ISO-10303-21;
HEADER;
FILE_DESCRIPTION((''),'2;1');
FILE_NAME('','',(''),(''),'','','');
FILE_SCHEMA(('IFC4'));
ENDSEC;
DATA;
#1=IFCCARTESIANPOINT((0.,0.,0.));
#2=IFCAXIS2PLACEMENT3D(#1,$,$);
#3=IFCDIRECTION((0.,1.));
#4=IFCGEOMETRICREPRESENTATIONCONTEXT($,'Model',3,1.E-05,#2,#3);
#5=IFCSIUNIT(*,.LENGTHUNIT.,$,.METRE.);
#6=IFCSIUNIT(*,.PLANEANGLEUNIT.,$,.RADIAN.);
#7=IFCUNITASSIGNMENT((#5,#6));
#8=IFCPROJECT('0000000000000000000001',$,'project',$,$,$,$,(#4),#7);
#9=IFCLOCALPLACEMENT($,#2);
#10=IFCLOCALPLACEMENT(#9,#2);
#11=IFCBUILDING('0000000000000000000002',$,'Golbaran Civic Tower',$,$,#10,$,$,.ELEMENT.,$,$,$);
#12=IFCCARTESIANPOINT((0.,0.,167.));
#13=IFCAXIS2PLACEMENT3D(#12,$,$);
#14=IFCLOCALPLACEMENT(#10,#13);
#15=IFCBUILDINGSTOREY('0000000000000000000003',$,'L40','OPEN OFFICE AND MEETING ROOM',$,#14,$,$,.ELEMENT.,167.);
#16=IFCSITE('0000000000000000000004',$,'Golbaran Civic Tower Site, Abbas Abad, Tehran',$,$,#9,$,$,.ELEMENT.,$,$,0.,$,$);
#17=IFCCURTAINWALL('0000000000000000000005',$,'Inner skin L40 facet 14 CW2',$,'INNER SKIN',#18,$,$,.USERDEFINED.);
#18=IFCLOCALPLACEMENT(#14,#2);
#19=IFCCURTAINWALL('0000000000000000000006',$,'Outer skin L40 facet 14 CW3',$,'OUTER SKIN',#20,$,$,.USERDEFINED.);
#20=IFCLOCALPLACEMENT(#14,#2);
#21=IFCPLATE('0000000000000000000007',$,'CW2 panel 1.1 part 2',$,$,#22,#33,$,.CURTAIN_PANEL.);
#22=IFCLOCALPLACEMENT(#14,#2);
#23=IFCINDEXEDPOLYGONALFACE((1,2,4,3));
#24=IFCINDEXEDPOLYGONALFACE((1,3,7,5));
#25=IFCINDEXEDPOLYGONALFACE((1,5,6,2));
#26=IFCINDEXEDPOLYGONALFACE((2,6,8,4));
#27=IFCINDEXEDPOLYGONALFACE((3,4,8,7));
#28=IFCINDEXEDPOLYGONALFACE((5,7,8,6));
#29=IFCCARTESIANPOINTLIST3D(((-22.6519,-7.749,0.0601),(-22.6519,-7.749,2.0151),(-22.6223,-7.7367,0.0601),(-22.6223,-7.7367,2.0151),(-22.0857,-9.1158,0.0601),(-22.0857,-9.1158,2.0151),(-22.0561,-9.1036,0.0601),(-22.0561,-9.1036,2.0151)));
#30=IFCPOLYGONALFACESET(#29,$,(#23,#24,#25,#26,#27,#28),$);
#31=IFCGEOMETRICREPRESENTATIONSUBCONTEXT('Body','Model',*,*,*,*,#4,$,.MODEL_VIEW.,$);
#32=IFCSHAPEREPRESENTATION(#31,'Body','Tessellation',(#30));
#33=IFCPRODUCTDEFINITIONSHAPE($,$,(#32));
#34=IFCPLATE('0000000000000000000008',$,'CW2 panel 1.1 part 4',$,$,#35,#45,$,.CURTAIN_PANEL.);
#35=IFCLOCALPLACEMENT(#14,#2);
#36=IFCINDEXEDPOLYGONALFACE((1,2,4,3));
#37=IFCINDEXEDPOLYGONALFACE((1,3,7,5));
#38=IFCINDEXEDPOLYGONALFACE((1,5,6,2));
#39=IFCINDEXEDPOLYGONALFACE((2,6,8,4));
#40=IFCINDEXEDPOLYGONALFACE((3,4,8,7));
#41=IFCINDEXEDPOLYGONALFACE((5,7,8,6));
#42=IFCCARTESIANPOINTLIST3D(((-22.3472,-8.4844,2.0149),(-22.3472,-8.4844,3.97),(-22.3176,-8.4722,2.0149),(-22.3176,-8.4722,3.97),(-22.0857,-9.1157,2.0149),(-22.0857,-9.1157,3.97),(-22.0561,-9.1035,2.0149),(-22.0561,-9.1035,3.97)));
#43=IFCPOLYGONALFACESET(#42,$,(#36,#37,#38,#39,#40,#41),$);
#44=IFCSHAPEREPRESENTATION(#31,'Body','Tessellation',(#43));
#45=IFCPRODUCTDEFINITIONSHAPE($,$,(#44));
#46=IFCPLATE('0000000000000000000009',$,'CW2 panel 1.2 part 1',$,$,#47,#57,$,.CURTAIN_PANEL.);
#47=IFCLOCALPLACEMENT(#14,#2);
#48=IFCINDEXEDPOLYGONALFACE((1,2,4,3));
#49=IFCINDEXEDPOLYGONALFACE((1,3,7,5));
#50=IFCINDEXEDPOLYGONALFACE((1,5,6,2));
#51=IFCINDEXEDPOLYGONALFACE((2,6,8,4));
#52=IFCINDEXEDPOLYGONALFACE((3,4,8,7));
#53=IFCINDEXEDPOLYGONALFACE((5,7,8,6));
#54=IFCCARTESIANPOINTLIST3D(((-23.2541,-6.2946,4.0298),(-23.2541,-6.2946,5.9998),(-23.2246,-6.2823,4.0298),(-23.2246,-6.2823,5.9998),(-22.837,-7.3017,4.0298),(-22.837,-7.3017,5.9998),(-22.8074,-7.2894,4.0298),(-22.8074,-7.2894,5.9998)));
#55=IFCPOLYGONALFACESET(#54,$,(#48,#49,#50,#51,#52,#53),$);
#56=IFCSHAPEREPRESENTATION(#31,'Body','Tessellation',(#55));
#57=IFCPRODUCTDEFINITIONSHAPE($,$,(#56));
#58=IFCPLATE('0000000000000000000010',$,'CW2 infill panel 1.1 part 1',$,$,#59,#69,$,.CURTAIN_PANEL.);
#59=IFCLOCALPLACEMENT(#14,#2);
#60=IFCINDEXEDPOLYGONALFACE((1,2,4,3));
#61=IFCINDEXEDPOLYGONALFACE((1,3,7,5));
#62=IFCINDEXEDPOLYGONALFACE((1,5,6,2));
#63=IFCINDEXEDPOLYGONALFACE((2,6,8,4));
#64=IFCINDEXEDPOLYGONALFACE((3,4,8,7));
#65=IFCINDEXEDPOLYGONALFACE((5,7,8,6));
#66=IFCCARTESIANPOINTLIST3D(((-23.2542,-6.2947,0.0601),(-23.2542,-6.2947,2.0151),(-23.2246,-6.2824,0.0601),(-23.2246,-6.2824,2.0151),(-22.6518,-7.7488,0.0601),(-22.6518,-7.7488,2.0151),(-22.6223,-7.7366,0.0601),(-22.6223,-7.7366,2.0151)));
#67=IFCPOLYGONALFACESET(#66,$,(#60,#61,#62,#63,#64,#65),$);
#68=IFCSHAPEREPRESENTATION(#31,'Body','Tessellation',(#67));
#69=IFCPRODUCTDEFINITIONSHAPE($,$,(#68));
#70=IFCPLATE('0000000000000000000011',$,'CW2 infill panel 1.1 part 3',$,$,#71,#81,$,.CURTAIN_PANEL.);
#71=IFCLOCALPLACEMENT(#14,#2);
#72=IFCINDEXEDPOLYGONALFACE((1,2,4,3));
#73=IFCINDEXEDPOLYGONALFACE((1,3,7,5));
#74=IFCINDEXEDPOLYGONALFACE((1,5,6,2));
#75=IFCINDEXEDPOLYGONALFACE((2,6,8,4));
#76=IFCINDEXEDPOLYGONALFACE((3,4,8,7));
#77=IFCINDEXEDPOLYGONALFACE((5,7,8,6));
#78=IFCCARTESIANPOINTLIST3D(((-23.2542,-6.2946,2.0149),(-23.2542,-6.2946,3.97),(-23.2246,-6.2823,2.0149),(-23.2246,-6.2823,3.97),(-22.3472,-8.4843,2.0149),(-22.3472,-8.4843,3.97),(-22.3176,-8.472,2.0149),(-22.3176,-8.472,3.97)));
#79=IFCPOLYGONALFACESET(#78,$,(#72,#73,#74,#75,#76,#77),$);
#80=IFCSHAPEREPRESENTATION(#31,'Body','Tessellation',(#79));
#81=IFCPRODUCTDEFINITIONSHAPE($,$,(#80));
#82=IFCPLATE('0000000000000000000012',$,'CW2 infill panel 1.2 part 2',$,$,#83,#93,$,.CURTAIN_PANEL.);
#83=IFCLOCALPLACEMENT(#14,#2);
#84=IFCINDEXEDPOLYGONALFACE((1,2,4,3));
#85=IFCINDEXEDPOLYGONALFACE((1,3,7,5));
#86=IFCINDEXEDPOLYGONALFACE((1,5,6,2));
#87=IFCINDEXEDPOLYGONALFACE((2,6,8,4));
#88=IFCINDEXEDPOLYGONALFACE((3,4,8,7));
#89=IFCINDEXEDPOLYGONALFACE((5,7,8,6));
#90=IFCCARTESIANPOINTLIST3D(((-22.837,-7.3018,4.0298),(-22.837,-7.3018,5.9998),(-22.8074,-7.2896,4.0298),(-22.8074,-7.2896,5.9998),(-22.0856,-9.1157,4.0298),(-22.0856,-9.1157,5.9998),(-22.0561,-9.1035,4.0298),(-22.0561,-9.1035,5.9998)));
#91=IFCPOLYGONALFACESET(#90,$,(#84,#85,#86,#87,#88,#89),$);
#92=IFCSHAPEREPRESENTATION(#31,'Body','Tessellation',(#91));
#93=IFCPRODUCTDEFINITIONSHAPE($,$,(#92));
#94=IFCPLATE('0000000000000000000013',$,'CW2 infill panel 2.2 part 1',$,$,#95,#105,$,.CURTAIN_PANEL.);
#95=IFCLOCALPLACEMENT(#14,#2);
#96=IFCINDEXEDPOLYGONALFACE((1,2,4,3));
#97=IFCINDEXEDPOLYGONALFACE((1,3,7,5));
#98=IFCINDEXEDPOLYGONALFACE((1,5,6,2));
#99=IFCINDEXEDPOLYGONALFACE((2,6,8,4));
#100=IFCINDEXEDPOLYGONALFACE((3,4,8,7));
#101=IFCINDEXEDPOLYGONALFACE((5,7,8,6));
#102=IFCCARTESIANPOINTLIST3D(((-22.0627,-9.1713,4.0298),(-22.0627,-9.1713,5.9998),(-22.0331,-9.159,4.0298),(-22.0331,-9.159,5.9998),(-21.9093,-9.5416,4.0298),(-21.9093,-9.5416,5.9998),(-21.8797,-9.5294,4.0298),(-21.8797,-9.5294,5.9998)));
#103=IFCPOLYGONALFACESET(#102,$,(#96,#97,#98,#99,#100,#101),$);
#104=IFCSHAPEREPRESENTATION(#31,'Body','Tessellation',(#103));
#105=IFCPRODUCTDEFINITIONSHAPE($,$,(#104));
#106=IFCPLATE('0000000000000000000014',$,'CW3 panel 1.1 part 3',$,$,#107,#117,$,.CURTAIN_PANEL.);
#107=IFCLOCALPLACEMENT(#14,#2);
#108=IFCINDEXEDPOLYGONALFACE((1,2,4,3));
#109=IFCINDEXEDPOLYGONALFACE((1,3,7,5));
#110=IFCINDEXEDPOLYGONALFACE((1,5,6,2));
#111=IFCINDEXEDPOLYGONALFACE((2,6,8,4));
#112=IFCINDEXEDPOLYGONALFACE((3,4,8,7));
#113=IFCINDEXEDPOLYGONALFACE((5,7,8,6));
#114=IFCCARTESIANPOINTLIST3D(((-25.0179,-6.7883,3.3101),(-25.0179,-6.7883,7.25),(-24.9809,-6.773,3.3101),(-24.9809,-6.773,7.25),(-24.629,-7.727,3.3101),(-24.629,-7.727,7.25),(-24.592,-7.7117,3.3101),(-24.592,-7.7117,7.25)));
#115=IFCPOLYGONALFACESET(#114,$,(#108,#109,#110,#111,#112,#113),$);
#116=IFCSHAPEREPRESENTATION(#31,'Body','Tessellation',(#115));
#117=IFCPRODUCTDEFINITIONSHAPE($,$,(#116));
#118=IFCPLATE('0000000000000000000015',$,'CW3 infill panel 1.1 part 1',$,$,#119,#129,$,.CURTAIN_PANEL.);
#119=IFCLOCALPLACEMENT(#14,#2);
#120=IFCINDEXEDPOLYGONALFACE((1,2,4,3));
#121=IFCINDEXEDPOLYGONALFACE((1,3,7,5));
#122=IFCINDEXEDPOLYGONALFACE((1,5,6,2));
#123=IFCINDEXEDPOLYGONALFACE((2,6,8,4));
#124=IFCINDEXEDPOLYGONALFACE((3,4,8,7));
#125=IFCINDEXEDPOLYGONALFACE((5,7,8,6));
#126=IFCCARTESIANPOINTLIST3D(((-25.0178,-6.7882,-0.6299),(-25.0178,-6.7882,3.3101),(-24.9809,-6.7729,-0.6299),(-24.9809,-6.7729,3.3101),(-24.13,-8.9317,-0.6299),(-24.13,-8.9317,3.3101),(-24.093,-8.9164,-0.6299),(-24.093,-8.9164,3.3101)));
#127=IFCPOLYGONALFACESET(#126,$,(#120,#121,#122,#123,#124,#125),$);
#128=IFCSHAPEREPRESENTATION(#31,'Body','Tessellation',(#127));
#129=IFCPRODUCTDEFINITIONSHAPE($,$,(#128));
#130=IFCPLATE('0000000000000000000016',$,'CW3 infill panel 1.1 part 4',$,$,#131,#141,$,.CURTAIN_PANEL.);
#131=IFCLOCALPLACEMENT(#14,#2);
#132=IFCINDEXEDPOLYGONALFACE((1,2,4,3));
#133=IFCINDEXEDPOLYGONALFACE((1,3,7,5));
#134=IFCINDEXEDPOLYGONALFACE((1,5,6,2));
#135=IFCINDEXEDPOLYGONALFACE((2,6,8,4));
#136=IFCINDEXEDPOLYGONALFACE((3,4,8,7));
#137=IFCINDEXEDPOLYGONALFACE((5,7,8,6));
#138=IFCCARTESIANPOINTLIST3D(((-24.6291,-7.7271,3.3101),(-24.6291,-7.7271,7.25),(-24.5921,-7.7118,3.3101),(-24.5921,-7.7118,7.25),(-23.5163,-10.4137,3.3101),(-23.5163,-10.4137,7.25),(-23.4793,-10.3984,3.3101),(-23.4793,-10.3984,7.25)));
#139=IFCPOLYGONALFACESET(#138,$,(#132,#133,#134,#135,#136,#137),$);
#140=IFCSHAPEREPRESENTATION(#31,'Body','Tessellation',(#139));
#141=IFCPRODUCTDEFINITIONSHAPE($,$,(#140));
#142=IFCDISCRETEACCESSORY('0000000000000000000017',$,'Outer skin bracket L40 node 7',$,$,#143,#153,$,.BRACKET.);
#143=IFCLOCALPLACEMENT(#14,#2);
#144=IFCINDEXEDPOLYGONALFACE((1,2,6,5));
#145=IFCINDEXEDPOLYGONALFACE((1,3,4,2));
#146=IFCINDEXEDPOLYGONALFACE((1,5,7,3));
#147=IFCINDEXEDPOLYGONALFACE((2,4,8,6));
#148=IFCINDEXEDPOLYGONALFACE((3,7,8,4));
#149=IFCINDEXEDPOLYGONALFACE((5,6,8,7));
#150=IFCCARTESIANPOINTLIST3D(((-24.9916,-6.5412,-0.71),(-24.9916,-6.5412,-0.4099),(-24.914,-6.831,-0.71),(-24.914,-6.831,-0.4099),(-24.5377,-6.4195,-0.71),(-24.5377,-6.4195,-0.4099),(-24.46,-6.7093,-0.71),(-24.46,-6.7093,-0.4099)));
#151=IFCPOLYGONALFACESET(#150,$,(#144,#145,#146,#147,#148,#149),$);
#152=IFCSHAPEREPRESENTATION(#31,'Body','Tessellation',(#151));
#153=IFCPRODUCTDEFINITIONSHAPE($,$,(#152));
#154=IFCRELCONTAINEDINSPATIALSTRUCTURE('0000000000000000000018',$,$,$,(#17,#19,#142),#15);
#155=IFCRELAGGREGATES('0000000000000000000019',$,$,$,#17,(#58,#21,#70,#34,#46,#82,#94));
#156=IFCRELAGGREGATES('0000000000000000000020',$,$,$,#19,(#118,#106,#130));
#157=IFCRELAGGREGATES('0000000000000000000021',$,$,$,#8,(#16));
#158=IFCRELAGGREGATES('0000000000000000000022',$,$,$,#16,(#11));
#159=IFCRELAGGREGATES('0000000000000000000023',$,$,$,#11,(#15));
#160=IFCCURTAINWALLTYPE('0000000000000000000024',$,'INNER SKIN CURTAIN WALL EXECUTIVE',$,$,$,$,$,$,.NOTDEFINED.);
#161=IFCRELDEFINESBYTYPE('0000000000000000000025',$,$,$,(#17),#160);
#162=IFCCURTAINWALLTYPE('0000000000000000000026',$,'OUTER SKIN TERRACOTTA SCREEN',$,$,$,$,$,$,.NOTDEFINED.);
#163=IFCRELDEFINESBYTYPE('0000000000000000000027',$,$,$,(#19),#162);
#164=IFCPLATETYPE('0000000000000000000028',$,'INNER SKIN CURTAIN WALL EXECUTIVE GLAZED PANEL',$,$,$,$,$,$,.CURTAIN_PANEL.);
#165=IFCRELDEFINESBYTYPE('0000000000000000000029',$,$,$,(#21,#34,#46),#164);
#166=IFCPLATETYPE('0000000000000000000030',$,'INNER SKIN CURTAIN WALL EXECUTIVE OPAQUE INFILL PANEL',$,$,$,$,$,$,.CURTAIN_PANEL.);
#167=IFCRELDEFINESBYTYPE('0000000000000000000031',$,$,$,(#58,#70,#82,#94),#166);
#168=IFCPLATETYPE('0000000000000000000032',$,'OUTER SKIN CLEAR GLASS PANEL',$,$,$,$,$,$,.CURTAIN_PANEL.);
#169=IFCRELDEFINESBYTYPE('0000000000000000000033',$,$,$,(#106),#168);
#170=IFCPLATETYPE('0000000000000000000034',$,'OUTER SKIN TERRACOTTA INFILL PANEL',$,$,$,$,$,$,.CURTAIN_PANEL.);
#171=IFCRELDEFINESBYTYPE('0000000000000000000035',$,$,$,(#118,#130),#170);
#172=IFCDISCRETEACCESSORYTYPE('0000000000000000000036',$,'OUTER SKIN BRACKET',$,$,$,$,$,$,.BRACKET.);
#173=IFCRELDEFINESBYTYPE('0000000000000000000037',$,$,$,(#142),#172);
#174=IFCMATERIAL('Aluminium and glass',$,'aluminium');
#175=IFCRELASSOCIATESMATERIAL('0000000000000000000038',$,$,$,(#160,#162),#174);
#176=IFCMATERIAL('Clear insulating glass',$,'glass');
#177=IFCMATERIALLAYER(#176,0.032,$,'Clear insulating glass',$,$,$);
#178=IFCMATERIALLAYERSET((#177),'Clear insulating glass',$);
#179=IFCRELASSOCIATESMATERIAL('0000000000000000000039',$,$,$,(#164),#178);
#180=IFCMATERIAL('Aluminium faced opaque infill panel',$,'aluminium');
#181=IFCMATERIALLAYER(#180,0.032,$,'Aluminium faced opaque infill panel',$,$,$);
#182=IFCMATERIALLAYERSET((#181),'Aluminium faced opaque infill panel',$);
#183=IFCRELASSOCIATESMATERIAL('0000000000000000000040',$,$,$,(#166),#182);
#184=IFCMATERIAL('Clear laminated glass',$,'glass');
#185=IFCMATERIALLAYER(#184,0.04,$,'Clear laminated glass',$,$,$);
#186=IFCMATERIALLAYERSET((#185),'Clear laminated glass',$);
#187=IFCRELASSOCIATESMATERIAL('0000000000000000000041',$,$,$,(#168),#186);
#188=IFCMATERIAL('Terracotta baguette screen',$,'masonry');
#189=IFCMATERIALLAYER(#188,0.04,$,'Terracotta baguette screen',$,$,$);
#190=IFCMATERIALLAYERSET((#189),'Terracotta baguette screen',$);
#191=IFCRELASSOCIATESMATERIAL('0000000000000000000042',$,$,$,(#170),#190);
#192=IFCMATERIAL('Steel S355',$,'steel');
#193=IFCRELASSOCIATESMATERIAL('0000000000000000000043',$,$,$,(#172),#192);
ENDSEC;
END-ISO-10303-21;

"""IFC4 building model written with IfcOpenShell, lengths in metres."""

from ifc_helpers import new_model, si_unit, direction, frame, origin, origin_2d, place, context, subcontext, project, spatial, rectangle, extrude, material, layer, layer_set, type_object, element, aggregate, save


model = new_model("IFC4")

# Units and contexts
model_context = context("Model", 3, precision=1e-05, world=origin(), true_north=direction((0.0, 1.0)))
body_context = subcontext(model_context, "Body", "Model", "MODEL_VIEW")
ifc_project = project(units=[si_unit("LENGTHUNIT", "METRE"), si_unit("PLANEANGLEUNIT", "RADIAN")], contexts=[model_context])

# Site, building, storey
site_placement = place(None, origin())
site = spatial("IfcSite", under=ifc_project, at=site_placement, Name="Golbaran Civic Tower Site, Abbas Abad, Tehran", CompositionType="ELEMENT", RefElevation=0.0)
building_placement = place(site_placement, origin())
building = spatial("IfcBuilding", under=site, at=building_placement, Name="Golbaran Civic Tower", CompositionType="ELEMENT")
storey_placement = place(building_placement, frame((0.0, 0.0, 167.0)))
storey = spatial("IfcBuildingStorey", under=building, at=storey_placement, Name="L40", Description="OPEN OFFICE AND MEETING ROOM", CompositionType="ELEMENT", Elevation=167.0)

# Shared definitions
ifc_material_1 = material(Name="Steel S355", Category="steel")

# Curtain wall
ifc_material_2 = material(Name="Aluminium and glass", Category="aluminium")
curtain_wall_type_1 = type_object("IfcCurtainWallType", Name="INNER SKIN CURTAIN WALL EXECUTIVE", PredefinedType="NOTDEFINED", material=ifc_material_2)
curtain_wall_1_placement = place(storey_placement, origin())
curtain_wall_1 = element("IfcCurtainWall", 1, at=curtain_wall_1_placement, inside=storey, type_object=curtain_wall_type_1, Name="Inner skin L40 facet 14 CW2", ObjectType="INNER SKIN", PredefinedType="USERDEFINED")

# Shared definitions
curtain_wall_type_2 = type_object("IfcCurtainWallType", Name="OUTER SKIN TERRACOTTA SCREEN", PredefinedType="NOTDEFINED", material=ifc_material_2)

# Curtain wall
curtain_wall_2_placement = place(storey_placement, origin())
curtain_wall_2 = element("IfcCurtainWall", 2, at=curtain_wall_2_placement, inside=storey, type_object=curtain_wall_type_2, Name="Outer skin L40 facet 14 CW3", ObjectType="OUTER SKIN", PredefinedType="USERDEFINED")

# Plates
ifc_material_3 = material(Name="Clear insulating glass", Category="glass")
ifc_layer_1 = layer(ifc_material_3, 0.032, Name="Clear insulating glass")
ifc_layer_set_1 = layer_set([ifc_layer_1], Name="Clear insulating glass")
plate_type_1 = type_object("IfcPlateType", Name="INNER SKIN CURTAIN WALL EXECUTIVE GLAZED PANEL", PredefinedType="CURTAIN_PANEL", material=ifc_layer_set_1)
plate_1_placement = place(storey_placement, frame((-22.354, -8.4263, 0.0601), z_axis=(0.0, 0.0, 1.0), x_axis=(0.382683, -0.92388, 0.0)))
plate_1 = element("IfcPlate", 3, at=plate_1_placement, type_object=plate_type_1, Name="CW2 panel 1.1 part 2", PredefinedType="CURTAIN_PANEL", context=body_context, shape_type="SweptSolid", body=[
    extrude(rectangle(XDim=1.4795, YDim=0.032, at=origin_2d()), origin(), (0.0, 0.0, 1.0), 1.9551),
])
plate_2_placement = place(storey_placement, frame((-22.2017, -8.7939, 2.0149), z_axis=(0.0, 0.0, 1.0), x_axis=(0.382683, -0.92388, 0.0)))
plate_2 = element("IfcPlate", 4, at=plate_2_placement, type_object=plate_type_1, Name="CW2 panel 1.1 part 4", PredefinedType="CURTAIN_PANEL", context=body_context, shape_type="SweptSolid", body=[
    extrude(rectangle(XDim=0.6833, YDim=0.032, at=origin_2d()), origin(), (0.0, 0.0, 1.0), 1.9551),
])
plate_3_placement = place(storey_placement, frame((-23.0308, -6.792, 4.0298), z_axis=(0.0, 0.0, 1.0), x_axis=(0.382683, -0.92388, 0.0)))
plate_3 = element("IfcPlate", 5, at=plate_3_placement, type_object=plate_type_1, Name="CW2 panel 1.2 part 1", PredefinedType="CURTAIN_PANEL", context=body_context, shape_type="SweptSolid", body=[
    extrude(rectangle(XDim=1.0901, YDim=0.032, at=origin_2d()), origin(), (0.0, 0.0, 1.0), 1.97),
])
ifc_material_4 = material(Name="Aluminium faced opaque infill panel", Category="aluminium")
ifc_layer_2 = layer(ifc_material_4, 0.032, Name="Aluminium faced opaque infill panel")
ifc_layer_set_2 = layer_set([ifc_layer_2], Name="Aluminium faced opaque infill panel")
plate_type_2 = type_object("IfcPlateType", Name="INNER SKIN CURTAIN WALL EXECUTIVE OPAQUE INFILL PANEL", PredefinedType="CURTAIN_PANEL", material=ifc_layer_set_2)
plate_4_placement = place(storey_placement, frame((-22.9382, -7.0156, 0.0601), z_axis=(0.0, 0.0, 1.0), x_axis=(0.382683, -0.92388, 0.0)))
plate_4 = element("IfcPlate", 6, at=plate_4_placement, type_object=plate_type_2, Name="CW2 infill panel 1.1 part 1", PredefinedType="CURTAIN_PANEL", context=body_context, shape_type="SweptSolid", body=[
    extrude(rectangle(XDim=1.574, YDim=0.032, at=origin_2d()), origin(), (0.0, 0.0, 1.0), 1.9551),
])
plate_5_placement = place(storey_placement, frame((-22.7859, -7.3833, 2.0149), z_axis=(0.0, 0.0, 1.0), x_axis=(0.382683, -0.92388, 0.0)))
plate_5 = element("IfcPlate", 7, at=plate_5_placement, type_object=plate_type_2, Name="CW2 infill panel 1.1 part 3", PredefinedType="CURTAIN_PANEL", context=body_context, shape_type="SweptSolid", body=[
    extrude(rectangle(XDim=2.3701, YDim=0.032, at=origin_2d()), origin(), (0.0, 0.0, 1.0), 1.9551),
])
plate_6_placement = place(storey_placement, frame((-22.4465, -8.2026, 4.0298), z_axis=(0.0, 0.0, 1.0), x_axis=(0.382683, -0.92388, 0.0)))
plate_6 = element("IfcPlate", 8, at=plate_6_placement, type_object=plate_type_2, Name="CW2 infill panel 1.2 part 2", PredefinedType="CURTAIN_PANEL", context=body_context, shape_type="SweptSolid", body=[
    extrude(rectangle(XDim=1.9634, YDim=0.032, at=origin_2d()), origin(), (0.0, 0.0, 1.0), 1.97),
])
plate_7_placement = place(storey_placement, frame((-21.9712, -9.3503, 4.0298), z_axis=(0.0, 0.0, 1.0), x_axis=(0.382683, -0.92388, 0.0)))
plate_7 = element("IfcPlate", 9, at=plate_7_placement, type_object=plate_type_2, Name="CW2 infill panel 2.2 part 1", PredefinedType="CURTAIN_PANEL", context=body_context, shape_type="SweptSolid", body=[
    extrude(rectangle(XDim=0.4009, YDim=0.032, at=origin_2d()), origin(), (0.0, 0.0, 1.0), 1.97),
])
aggregate(curtain_wall_1, [plate_4, plate_1, plate_5, plate_2, plate_3, plate_6, plate_7])
ifc_material_5 = material(Name="Clear laminated glass", Category="glass")
ifc_layer_3 = layer(ifc_material_5, 0.04, Name="Clear laminated glass")
ifc_layer_set_3 = layer_set([ifc_layer_3], Name="Clear laminated glass")
plate_type_3 = type_object("IfcPlateType", Name="OUTER SKIN CLEAR GLASS PANEL", PredefinedType="CURTAIN_PANEL", material=ifc_layer_set_3)
plate_8_placement = place(storey_placement, frame((-24.8049, -7.25, 3.3101), z_axis=(0.0, 0.0, 1.0), x_axis=(0.382683, -0.92388, 0.0)))
plate_8 = element("IfcPlate", 10, at=plate_8_placement, type_object=plate_type_3, Name="CW3 panel 1.1 part 3", PredefinedType="CURTAIN_PANEL", context=body_context, shape_type="SweptSolid", body=[
    extrude(rectangle(XDim=1.0161, YDim=0.04, at=origin_2d()), origin(), (0.0, 0.0, 1.0), 3.9399),
])
ifc_material_6 = material(Name="Terracotta baguette screen", Category="masonry")
ifc_layer_4 = layer(ifc_material_6, 0.04, Name="Terracotta baguette screen")
ifc_layer_set_4 = layer_set([ifc_layer_4], Name="Terracotta baguette screen")
plate_type_4 = type_object("IfcPlateType", Name="OUTER SKIN TERRACOTTA INFILL PANEL", PredefinedType="CURTAIN_PANEL", material=ifc_layer_set_4)
plate_9_placement = place(storey_placement, frame((-24.5554, -7.8523, -0.6299), z_axis=(0.0, 0.0, 1.0), x_axis=(0.382683, -0.92388, 0.0)))
plate_9 = element("IfcPlate", 11, at=plate_9_placement, type_object=plate_type_4, Name="CW3 infill panel 1.1 part 1", PredefinedType="CURTAIN_PANEL", context=body_context, shape_type="SweptSolid", body=[
    extrude(rectangle(XDim=2.3201, YDim=0.04, at=origin_2d()), origin(), (0.0, 0.0, 1.0), 3.9399),
])
plate_10_placement = place(storey_placement, frame((-24.0542, -9.0627, 3.3101), z_axis=(0.0, 0.0, 1.0), x_axis=(0.382683, -0.92388, 0.0)))
plate_10 = element("IfcPlate", 12, at=plate_10_placement, type_object=plate_type_4, Name="CW3 infill panel 1.1 part 4", PredefinedType="CURTAIN_PANEL", context=body_context, shape_type="SweptSolid", body=[
    extrude(rectangle(XDim=2.908, YDim=0.04, at=origin_2d()), origin(), (0.0, 0.0, 1.0), 3.9399),
])
aggregate(curtain_wall_2, [plate_9, plate_8, plate_10])

# Discrete accessory
discrete_accessory_type = type_object("IfcDiscreteAccessoryType", Name="OUTER SKIN BRACKET", PredefinedType="BRACKET", material=ifc_material_1)
discrete_accessory_placement = place(storey_placement, frame((-24.7258, -6.6252, -0.71), z_axis=(0.0, 0.0, 1.0), x_axis=(-0.965926, -0.258819, 0.0)))
element("IfcDiscreteAccessory", 13, at=discrete_accessory_placement, inside=storey, type_object=discrete_accessory_type, Name="Outer skin bracket L40 node 7", PredefinedType="BRACKET", context=body_context, shape_type="SweptSolid", body=[
    extrude(rectangle(XDim=0.47, YDim=0.3, at=origin_2d()), origin(), (0.0, 0.0, 1.0), 0.3),
])

save(model, "model.ifc")
